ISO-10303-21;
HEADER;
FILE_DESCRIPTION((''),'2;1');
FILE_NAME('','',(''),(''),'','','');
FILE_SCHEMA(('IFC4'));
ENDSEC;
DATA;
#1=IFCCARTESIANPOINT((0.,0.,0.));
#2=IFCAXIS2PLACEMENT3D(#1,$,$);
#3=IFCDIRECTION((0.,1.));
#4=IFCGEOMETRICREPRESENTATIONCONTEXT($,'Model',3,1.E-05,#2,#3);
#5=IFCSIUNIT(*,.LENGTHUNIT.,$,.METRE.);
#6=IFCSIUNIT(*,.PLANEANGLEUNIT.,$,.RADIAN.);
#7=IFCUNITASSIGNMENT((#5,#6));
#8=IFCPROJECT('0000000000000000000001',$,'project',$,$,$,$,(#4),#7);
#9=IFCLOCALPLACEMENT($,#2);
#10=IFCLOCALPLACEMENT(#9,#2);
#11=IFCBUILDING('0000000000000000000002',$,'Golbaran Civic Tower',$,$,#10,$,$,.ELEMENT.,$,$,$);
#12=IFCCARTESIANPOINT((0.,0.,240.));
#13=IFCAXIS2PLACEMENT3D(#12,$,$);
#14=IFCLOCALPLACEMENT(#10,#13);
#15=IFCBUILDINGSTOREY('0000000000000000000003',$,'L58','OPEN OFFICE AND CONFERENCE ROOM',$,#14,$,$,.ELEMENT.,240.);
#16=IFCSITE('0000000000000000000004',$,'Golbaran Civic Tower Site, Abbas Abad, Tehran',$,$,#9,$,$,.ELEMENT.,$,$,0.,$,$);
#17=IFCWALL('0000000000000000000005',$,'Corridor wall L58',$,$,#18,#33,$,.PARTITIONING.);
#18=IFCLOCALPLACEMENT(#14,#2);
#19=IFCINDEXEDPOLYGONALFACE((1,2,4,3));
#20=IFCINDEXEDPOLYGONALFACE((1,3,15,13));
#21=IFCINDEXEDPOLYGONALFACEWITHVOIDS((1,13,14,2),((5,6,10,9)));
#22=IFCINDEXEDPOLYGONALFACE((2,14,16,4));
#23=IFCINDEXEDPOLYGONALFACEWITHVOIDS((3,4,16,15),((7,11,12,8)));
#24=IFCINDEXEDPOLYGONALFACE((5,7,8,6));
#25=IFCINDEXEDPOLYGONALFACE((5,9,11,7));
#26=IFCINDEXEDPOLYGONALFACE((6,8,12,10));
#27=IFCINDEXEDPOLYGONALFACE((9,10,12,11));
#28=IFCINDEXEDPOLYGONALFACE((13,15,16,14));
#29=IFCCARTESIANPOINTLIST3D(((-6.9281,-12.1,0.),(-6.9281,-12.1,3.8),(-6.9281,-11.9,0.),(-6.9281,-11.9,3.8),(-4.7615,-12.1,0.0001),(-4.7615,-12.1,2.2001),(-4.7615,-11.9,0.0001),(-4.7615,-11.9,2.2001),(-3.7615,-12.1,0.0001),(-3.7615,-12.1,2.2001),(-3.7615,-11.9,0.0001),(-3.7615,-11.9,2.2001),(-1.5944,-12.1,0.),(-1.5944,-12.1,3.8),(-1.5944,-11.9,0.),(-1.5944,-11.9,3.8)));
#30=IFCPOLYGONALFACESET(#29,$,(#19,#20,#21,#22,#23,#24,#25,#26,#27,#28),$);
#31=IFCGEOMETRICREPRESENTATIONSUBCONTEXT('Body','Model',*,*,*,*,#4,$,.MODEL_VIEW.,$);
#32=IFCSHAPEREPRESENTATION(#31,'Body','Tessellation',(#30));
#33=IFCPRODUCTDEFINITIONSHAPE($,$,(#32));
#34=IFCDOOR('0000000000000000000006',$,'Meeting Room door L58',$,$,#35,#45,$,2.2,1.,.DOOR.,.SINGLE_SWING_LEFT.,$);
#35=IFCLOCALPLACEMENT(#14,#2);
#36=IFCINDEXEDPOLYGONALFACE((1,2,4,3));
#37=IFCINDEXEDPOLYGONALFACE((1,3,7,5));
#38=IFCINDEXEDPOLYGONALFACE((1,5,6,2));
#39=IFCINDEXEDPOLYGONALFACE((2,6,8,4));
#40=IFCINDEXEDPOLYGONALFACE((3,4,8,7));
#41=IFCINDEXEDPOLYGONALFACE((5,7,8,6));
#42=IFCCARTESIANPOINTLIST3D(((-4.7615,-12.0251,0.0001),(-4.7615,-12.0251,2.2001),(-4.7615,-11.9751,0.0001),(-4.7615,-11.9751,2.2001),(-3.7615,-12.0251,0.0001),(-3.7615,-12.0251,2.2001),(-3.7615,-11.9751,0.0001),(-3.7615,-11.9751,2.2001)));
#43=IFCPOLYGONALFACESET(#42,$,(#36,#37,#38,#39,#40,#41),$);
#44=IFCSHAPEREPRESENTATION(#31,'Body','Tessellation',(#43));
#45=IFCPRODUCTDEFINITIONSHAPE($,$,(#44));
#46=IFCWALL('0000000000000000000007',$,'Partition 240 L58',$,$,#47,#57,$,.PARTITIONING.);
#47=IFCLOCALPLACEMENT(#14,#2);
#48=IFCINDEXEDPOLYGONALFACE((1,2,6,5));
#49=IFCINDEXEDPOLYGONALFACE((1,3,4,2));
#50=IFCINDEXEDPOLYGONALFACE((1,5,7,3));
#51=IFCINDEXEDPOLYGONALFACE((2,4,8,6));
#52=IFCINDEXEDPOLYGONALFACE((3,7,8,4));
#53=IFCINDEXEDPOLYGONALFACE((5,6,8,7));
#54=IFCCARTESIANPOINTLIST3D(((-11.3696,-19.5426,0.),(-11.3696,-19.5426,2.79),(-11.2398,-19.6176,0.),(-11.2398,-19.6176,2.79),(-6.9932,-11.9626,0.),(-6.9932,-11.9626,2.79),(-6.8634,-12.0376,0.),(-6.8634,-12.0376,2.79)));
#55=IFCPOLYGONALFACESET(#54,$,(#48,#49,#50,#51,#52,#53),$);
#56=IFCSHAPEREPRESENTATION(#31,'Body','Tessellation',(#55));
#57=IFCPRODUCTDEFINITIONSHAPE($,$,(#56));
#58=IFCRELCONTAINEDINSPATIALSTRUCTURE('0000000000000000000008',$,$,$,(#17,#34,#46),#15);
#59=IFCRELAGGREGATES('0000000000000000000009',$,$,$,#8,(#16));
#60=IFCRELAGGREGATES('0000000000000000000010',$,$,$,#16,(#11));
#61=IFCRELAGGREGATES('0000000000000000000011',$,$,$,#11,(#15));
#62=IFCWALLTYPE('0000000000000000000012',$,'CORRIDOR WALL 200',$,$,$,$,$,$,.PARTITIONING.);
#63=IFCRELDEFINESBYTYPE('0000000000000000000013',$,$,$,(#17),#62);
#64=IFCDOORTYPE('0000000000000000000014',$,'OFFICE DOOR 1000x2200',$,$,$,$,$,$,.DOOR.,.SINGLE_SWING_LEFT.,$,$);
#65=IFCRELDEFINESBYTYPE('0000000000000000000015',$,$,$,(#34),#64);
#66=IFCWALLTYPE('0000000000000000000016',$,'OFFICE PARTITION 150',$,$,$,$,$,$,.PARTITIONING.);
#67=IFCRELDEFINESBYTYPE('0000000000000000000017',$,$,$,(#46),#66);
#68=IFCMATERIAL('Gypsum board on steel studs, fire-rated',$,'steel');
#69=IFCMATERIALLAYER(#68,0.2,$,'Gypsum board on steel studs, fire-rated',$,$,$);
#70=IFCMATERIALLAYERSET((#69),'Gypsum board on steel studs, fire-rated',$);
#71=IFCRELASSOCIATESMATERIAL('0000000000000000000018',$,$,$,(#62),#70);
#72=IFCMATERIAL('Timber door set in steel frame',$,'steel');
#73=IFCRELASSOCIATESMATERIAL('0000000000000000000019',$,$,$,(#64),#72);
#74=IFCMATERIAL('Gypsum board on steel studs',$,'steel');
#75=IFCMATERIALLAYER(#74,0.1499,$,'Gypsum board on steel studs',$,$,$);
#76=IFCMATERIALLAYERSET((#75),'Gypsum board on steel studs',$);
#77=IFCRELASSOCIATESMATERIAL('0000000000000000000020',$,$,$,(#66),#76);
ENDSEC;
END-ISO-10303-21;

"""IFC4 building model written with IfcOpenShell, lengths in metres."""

from ifc_helpers import new_model, si_unit, direction, frame, frame_2d, origin, place, context, subcontext, project, spatial, rectangle, extrude, material, layer, layer_set, type_object, element, fill, save


model = new_model("IFC4")

# Units and contexts
model_context = context("Model", 3, precision=1e-05, world=origin(), true_north=direction((0.0, 1.0)))
body_context = subcontext(model_context, "Body", "Model", "MODEL_VIEW")
ifc_project = project(units=[si_unit("LENGTHUNIT", "METRE"), si_unit("PLANEANGLEUNIT", "RADIAN")], contexts=[model_context])

# Site, building, storey
site_placement = place(None, origin())
site = spatial("IfcSite", under=ifc_project, at=site_placement, Name="Golbaran Civic Tower Site, Abbas Abad, Tehran", CompositionType="ELEMENT", RefElevation=0.0)
building_placement = place(site_placement, origin())
building = spatial("IfcBuilding", under=site, at=building_placement, Name="Golbaran Civic Tower", CompositionType="ELEMENT")
storey_placement = place(building_placement, frame((0.0, 0.0, 240.0)))
storey = spatial("IfcBuildingStorey", under=building, at=storey_placement, Name="L58", Description="OPEN OFFICE AND CONFERENCE ROOM", CompositionType="ELEMENT", Elevation=240.0)

# Shared definitions
ifc_material_1 = material(Name="Gypsum board on steel studs, fire-rated", Category="steel")
ifc_layer_1 = layer(ifc_material_1, 0.2, Name="Gypsum board on steel studs, fire-rated")
ifc_layer_set_1 = layer_set([ifc_layer_1], Name="Gypsum board on steel studs, fire-rated")
wall_type_1 = type_object("IfcWallType", Name="CORRIDOR WALL 200", PredefinedType="PARTITIONING", material=ifc_layer_set_1)

# Wall, opening, door
wall_1_placement = place(storey_placement, frame((-6.9282, -12.0, 0.0), z_axis=(0.0, 0.0, 1.0), x_axis=(1.0, 0.0, 0.0)))
wall_1 = element("IfcWall", 1, at=wall_1_placement, inside=storey, type_object=wall_type_1, Name="Corridor wall L58", PredefinedType="PARTITIONING", context=body_context, shape_type="SweptSolid", body=[
    extrude(rectangle(XDim=5.3337, YDim=0.2, at=frame_2d((2.667, 0.0))), origin(), (0.0, 0.0, 1.0), 3.8),
])
opening_placement = place(wall_1_placement, frame((2.1667, 0.0, 0.0)))
opening = element("IfcOpeningElement", 2, at=opening_placement, cuts=wall_1, PredefinedType="OPENING", context=body_context, shape_type="SweptSolid", body=[
    extrude(rectangle(XDim=1.0, YDim=2.2, at=frame_2d((0.5, 1.1001))), frame((0.0, 0.1099, 0.0), z_axis=(0.0, -1.0, 0.0), x_axis=(1.0, 0.0, 0.0)), (0.0, 0.0, 1.0), 0.22),
])
ifc_material_2 = material(Name="Timber door set in steel frame", Category="steel")
door_type = type_object("IfcDoorType", Name="OFFICE DOOR 1000x2200", OperationType="SINGLE_SWING_LEFT", PredefinedType="DOOR", material=ifc_material_2)
door_placement = place(opening_placement, origin())
door = element("IfcDoor", 3, at=door_placement, inside=storey, type_object=door_type, Name="Meeting Room door L58", OperationType="SINGLE_SWING_LEFT", OverallHeight=2.2, OverallWidth=1.0, PredefinedType="DOOR", context=body_context, shape_type="SweptSolid", body=[
    extrude(rectangle(XDim=1.0, YDim=2.2, at=frame_2d((0.5, 1.1001))), frame((0.0, 0.0249, 0.0), z_axis=(0.0, -1.0, 0.0), x_axis=(1.0, 0.0, 0.0)), (0.0, 0.0, 1.0), 0.05),
])
fill(opening, door)

# Wall
ifc_material_3 = material(Name="Gypsum board on steel studs", Category="steel")
ifc_layer_2 = layer(ifc_material_3, 0.1499, Name="Gypsum board on steel studs")
ifc_layer_set_2 = layer_set([ifc_layer_2], Name="Gypsum board on steel studs")
wall_type_2 = type_object("IfcWallType", Name="OFFICE PARTITION 150", PredefinedType="PARTITIONING", material=ifc_layer_set_2)
wall_2_placement = place(storey_placement, frame((-6.9282, -12.0, 0.0), z_axis=(0.0, 0.0, 1.0), x_axis=(-0.500009, -0.86602, 0.0)))
element("IfcWall", 4, at=wall_2_placement, inside=storey, type_object=wall_type_2, Name="Partition 240 L58", PredefinedType="PARTITIONING", context=body_context, shape_type="SweptSolid", body=[
    extrude(rectangle(XDim=8.7527, YDim=0.1499, at=frame_2d((4.3765, 0.0))), origin(), (0.0, 0.0, 1.0), 2.79),
])

save(model, "model.ifc")
